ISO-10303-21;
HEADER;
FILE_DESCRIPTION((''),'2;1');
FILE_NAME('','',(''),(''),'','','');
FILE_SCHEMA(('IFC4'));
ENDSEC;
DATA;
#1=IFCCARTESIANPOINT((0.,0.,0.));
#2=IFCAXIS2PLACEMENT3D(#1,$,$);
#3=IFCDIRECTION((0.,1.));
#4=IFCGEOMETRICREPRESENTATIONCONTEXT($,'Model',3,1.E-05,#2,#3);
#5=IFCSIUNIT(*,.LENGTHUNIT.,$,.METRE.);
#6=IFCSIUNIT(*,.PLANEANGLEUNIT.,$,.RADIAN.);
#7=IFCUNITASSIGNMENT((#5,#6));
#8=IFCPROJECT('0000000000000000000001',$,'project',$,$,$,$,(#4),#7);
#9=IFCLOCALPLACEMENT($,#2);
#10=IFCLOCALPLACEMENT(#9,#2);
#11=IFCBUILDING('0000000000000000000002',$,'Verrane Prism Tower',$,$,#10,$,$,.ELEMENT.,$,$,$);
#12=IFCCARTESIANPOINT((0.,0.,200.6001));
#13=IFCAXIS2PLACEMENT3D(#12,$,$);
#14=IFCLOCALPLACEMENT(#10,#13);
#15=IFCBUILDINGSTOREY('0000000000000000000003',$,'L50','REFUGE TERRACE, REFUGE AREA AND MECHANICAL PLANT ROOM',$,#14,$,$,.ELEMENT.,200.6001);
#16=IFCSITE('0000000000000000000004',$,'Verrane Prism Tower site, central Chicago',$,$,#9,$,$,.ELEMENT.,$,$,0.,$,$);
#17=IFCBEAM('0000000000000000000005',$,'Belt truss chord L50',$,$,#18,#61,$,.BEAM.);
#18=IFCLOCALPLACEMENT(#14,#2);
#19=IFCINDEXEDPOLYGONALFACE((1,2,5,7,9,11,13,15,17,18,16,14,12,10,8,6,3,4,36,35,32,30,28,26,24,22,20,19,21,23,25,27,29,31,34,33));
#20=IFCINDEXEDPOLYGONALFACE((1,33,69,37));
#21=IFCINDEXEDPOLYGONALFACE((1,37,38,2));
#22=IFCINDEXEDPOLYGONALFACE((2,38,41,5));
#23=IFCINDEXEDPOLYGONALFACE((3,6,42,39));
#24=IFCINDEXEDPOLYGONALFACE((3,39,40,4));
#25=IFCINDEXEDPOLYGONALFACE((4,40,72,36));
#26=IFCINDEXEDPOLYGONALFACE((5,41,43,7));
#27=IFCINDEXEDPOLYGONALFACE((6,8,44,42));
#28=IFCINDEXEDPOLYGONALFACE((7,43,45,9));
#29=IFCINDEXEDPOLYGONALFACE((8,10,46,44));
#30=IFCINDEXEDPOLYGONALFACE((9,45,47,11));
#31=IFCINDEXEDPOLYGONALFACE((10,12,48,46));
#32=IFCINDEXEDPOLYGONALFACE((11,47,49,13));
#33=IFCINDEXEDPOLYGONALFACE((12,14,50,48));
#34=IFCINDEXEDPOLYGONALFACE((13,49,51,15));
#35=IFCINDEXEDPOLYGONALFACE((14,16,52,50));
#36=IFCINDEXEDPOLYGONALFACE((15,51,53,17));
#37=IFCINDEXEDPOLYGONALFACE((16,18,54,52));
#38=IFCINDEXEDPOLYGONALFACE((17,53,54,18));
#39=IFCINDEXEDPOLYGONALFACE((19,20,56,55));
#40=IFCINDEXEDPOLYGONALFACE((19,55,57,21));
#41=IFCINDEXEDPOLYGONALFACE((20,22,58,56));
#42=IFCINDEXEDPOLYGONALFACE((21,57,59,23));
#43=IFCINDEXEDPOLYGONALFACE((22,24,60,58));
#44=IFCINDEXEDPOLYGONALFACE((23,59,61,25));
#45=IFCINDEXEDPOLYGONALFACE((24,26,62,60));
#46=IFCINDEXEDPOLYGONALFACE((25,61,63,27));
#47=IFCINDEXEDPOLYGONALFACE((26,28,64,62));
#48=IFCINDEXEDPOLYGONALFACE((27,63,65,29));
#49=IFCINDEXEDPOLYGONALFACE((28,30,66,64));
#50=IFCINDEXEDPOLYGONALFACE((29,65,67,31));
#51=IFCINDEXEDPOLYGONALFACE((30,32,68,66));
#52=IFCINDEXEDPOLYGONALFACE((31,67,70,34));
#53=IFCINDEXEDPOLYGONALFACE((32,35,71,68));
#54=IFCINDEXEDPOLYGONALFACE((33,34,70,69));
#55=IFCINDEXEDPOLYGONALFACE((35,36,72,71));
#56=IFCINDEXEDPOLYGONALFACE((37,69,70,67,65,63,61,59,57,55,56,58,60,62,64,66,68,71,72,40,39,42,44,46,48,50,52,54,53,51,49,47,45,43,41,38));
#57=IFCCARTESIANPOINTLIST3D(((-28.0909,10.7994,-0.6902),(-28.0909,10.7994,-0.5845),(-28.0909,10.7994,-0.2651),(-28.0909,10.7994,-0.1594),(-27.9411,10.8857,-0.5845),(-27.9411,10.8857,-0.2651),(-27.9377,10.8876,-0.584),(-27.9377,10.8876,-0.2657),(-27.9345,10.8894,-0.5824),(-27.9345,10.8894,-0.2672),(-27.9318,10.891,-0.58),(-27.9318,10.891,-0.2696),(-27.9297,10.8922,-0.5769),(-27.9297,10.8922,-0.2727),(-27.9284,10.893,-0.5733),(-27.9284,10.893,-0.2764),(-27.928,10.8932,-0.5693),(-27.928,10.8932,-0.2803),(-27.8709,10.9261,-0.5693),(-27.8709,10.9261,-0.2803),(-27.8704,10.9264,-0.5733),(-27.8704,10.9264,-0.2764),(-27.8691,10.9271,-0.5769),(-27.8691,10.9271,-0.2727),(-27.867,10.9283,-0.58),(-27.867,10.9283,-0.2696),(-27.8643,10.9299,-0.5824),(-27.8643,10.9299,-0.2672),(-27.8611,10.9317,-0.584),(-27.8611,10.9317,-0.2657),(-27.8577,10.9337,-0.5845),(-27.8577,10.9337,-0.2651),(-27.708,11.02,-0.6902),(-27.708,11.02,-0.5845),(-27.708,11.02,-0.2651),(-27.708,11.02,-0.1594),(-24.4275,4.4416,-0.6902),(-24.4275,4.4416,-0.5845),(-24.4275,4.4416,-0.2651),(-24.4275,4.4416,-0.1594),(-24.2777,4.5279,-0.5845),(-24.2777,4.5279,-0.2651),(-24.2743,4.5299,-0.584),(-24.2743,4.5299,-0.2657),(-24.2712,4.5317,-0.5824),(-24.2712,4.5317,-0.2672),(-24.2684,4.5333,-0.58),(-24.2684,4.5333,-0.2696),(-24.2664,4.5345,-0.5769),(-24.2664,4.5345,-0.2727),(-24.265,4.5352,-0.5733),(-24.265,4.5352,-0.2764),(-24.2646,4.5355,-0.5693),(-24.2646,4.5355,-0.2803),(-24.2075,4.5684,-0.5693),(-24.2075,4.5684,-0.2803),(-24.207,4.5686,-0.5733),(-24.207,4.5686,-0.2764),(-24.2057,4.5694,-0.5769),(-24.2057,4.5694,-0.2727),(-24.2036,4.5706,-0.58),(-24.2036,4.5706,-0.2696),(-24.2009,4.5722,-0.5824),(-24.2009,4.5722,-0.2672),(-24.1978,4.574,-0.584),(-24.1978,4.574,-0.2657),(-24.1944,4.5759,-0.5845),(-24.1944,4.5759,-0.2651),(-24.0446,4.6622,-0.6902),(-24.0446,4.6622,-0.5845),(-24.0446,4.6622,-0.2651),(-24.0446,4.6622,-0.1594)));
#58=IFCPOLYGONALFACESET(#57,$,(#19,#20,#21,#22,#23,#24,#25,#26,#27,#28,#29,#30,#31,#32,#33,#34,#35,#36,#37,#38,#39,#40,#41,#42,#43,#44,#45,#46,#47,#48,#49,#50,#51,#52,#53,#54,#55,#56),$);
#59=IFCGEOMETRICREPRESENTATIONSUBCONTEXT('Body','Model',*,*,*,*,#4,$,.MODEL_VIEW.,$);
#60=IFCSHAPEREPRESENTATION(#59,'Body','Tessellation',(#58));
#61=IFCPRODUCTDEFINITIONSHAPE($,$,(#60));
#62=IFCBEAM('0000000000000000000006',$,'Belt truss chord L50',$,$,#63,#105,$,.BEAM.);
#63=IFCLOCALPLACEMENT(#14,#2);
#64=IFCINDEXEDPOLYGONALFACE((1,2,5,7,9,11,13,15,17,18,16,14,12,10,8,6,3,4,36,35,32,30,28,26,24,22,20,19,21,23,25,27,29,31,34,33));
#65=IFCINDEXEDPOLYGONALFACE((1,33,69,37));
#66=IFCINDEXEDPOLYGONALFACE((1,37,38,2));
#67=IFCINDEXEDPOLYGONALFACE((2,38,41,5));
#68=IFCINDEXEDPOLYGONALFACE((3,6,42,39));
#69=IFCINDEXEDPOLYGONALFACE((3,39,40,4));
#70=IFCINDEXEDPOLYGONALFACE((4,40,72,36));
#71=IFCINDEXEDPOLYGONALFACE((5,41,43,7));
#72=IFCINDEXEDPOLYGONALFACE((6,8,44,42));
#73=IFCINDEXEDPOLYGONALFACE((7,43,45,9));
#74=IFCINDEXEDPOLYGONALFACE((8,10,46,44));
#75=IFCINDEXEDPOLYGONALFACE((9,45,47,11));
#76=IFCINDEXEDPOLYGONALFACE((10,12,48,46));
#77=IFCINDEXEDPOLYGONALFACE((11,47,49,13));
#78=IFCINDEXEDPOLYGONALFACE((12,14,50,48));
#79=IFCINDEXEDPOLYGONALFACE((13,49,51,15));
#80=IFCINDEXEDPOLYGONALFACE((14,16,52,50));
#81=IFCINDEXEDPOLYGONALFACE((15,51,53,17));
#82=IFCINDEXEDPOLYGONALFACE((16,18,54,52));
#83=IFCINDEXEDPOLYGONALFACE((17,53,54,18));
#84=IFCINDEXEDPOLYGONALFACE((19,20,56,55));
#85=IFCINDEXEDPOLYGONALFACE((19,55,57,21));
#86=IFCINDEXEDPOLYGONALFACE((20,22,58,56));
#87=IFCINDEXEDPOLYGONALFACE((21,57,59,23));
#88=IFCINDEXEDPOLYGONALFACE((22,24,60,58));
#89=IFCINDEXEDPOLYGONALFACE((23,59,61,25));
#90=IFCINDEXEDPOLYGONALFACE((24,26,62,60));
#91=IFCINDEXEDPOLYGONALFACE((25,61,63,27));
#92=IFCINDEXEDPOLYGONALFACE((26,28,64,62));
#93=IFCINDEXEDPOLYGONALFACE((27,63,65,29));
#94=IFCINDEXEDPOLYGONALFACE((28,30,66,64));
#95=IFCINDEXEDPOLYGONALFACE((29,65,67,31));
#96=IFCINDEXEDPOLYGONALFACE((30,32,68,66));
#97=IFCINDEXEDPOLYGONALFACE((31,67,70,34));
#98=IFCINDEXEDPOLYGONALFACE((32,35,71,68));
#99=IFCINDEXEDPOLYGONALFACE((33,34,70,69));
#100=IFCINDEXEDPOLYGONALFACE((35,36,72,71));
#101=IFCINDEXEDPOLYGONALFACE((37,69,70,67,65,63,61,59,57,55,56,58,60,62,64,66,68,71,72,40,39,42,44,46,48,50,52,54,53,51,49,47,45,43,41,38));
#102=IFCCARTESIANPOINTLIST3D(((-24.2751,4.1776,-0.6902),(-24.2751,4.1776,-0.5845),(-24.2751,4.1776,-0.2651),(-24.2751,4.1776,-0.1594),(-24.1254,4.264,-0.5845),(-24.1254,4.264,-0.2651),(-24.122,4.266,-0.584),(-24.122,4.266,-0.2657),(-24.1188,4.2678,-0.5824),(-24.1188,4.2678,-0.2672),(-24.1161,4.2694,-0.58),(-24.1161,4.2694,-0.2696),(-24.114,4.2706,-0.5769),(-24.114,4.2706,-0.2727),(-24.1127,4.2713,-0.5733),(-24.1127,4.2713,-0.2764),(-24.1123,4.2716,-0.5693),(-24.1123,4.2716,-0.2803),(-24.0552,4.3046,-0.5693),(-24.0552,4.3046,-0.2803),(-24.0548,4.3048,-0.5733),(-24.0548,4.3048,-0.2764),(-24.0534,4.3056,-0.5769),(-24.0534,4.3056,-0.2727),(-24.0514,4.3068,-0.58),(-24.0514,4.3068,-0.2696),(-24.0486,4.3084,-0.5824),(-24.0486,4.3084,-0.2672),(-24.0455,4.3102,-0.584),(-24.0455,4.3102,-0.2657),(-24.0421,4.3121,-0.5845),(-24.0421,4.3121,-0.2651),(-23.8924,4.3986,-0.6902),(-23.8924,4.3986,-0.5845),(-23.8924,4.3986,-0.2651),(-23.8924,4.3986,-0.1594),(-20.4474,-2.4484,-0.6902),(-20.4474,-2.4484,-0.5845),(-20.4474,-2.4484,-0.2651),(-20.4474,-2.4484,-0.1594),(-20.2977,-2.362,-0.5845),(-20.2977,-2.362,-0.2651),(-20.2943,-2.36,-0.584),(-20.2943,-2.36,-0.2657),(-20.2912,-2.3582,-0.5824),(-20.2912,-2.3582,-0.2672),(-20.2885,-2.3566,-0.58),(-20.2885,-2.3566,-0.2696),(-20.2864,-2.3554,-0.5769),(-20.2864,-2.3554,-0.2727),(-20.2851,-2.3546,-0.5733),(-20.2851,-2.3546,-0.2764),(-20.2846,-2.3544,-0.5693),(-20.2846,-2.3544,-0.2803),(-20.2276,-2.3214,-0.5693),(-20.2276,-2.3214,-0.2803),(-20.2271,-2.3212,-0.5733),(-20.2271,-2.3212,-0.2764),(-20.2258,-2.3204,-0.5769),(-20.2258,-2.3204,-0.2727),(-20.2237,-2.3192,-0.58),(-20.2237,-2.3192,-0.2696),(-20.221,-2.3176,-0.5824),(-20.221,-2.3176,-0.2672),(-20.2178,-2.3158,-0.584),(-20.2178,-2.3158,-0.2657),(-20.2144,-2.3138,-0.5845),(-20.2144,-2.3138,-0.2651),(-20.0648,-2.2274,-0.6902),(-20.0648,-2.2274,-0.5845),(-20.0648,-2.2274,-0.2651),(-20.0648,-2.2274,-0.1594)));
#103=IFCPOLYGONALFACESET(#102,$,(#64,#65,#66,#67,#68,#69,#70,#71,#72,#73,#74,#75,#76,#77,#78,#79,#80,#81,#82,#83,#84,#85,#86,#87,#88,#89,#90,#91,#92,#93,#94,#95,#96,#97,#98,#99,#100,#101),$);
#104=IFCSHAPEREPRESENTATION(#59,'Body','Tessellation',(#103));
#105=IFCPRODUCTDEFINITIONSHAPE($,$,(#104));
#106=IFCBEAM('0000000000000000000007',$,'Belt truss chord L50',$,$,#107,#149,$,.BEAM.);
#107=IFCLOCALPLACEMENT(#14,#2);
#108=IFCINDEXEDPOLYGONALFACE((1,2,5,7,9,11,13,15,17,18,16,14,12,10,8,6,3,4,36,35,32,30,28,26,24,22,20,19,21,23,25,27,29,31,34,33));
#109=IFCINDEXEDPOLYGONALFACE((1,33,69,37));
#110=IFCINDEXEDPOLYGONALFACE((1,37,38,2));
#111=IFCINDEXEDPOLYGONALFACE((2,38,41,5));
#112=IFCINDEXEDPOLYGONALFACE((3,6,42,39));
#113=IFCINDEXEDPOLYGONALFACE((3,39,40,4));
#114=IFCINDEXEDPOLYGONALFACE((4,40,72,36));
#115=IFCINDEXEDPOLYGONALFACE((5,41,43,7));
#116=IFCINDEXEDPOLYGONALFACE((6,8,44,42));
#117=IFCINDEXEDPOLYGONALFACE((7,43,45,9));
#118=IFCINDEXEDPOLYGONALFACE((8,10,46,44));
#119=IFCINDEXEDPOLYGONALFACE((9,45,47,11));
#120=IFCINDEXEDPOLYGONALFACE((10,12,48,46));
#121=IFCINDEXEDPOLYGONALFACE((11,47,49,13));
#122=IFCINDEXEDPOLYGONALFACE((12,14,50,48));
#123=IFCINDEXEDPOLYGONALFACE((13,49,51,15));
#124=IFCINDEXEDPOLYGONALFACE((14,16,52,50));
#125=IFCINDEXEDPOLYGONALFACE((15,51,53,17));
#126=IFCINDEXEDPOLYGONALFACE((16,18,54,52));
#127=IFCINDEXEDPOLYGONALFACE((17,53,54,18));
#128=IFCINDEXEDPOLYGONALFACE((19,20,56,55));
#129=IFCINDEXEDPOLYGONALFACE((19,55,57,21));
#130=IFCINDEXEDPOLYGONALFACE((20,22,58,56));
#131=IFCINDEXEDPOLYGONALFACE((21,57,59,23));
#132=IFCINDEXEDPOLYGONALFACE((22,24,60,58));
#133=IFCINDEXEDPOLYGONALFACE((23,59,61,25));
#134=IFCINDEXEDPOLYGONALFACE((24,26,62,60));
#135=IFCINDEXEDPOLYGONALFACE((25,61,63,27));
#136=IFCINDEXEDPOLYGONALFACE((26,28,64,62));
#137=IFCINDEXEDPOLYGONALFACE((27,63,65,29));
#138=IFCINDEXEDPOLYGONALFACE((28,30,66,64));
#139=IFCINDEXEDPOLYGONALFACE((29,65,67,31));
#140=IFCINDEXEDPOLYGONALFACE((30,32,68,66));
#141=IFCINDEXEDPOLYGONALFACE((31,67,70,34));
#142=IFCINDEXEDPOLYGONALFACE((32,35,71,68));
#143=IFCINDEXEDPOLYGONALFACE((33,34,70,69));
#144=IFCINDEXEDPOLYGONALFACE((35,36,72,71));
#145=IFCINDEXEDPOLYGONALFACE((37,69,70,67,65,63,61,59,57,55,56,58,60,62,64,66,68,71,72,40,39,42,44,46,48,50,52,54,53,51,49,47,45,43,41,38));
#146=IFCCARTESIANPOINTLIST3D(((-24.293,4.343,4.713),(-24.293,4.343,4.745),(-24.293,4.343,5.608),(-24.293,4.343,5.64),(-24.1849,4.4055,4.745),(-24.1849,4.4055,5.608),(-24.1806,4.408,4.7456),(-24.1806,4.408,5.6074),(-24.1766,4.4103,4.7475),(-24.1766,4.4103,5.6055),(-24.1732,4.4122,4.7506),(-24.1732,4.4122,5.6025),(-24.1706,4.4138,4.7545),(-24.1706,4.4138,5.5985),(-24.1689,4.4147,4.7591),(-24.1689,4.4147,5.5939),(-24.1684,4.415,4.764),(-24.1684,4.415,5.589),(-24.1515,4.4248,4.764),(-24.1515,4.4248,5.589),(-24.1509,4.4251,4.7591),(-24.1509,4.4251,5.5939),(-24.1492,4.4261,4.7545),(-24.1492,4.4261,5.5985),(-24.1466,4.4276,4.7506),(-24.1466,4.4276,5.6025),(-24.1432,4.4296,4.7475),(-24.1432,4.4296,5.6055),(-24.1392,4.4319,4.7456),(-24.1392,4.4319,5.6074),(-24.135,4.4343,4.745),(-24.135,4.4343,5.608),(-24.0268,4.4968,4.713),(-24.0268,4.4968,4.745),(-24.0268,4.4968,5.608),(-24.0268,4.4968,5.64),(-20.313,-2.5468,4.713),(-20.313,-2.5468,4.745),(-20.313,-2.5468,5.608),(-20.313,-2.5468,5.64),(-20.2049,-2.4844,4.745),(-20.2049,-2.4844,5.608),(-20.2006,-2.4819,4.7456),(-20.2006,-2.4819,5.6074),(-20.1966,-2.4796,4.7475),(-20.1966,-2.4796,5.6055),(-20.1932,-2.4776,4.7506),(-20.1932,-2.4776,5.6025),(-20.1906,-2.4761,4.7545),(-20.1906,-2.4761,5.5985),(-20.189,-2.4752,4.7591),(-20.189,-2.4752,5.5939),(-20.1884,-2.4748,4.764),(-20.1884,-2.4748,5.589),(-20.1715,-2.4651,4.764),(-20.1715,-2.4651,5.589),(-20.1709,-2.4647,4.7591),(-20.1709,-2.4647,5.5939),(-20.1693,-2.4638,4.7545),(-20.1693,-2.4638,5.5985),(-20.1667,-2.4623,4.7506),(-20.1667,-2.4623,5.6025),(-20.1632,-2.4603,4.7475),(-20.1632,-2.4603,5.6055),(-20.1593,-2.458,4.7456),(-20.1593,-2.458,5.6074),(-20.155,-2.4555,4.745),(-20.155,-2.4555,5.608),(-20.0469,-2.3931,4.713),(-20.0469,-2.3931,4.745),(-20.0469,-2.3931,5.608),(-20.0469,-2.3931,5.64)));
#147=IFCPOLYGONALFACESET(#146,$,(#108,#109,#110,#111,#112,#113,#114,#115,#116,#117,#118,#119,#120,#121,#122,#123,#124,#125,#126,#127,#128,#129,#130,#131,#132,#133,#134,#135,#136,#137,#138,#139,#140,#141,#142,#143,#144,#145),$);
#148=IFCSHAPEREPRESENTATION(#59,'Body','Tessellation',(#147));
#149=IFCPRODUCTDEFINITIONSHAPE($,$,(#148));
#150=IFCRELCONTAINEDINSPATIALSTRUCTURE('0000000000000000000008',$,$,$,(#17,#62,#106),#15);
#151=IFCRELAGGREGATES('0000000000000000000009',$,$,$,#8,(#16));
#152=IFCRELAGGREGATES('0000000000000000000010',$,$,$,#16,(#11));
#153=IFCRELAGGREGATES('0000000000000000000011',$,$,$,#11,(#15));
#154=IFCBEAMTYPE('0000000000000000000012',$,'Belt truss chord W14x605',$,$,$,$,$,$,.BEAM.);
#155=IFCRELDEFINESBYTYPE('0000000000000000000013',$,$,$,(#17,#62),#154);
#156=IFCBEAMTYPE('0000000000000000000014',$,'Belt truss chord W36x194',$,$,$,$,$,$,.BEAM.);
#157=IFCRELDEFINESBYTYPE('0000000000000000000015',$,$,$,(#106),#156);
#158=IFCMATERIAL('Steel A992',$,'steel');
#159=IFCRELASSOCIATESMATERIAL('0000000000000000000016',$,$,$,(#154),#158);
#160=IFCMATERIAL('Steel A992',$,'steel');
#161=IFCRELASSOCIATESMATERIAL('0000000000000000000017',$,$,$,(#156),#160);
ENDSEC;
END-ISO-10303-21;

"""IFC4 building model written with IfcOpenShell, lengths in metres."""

from ifc_helpers import new_model, si_unit, direction, frame, origin, origin_2d, place, context, subcontext, project, spatial, i_section, extrude, material, material_profile, profile_set, type_object, element, save


model = new_model("IFC4")

# Units and contexts
model_context = context("Model", 3, precision=1e-05, world=origin(), true_north=direction((0.0, 1.0)))
body_context = subcontext(model_context, "Body", "Model", "MODEL_VIEW")
ifc_project = project(units=[si_unit("LENGTHUNIT", "METRE"), si_unit("PLANEANGLEUNIT", "RADIAN")], contexts=[model_context])

# Site, building, storey
site_placement = place(None, origin())
site = spatial("IfcSite", under=ifc_project, at=site_placement, Name="Verrane Prism Tower site, central Chicago", CompositionType="ELEMENT", RefElevation=0.0)
building_placement = place(site_placement, origin())
building = spatial("IfcBuilding", under=site, at=building_placement, Name="Verrane Prism Tower", CompositionType="ELEMENT")
storey_placement = place(building_placement, frame((0.0, 0.0, 200.6001)))
storey = spatial("IfcBuildingStorey", under=building, at=storey_placement, Name="L50", Description="REFUGE TERRACE, REFUGE AREA AND MECHANICAL PLANT ROOM", CompositionType="ELEMENT", Elevation=200.6001)

# Beams
ifc_material_1 = material(Name="Steel A992", Category="steel")
ifc_material_profile_1 = material_profile(ifc_material_1, i_section(OverallWidth=0.4419, OverallDepth=0.5308, WebThickness=0.0659, FlangeThickness=0.1057, FilletRadius=0.0151, at=origin_2d()), Name="W14x605")
ifc_profile_set_1 = profile_set([ifc_material_profile_1], Name="Steel A992")
beam_type_1 = type_object("IfcBeamType", Name="Belt truss chord W14x605", PredefinedType="BEAM", material=ifc_profile_set_1)
beam_1_placement = place(storey_placement, frame((-27.8994, 10.9097, -0.4248), z_axis=(0.499257, -0.866454, 0.0), x_axis=(0.866454, 0.499257, 0.0)))
element("IfcBeam", 1, at=beam_1_placement, inside=storey, type_object=beam_type_1, Name="Belt truss chord L50", PredefinedType="BEAM", context=body_context, shape_type="SweptSolid", body=[
    extrude(i_section(OverallWidth=0.4419, OverallDepth=0.5308, WebThickness=0.0659, FlangeThickness=0.1057, FilletRadius=0.0151, at=origin_2d()), origin(), (0.0, 0.0, 1.0), 7.3376),
])
beam_2_placement = place(storey_placement, frame((-24.0837, 4.2881, -0.4248), z_axis=(0.500208, -0.865905, 0.0), x_axis=(0.865905, 0.500208, 0.0)))
element("IfcBeam", 2, at=beam_2_placement, inside=storey, type_object=beam_type_1, Name="Belt truss chord L50", PredefinedType="BEAM", context=body_context, shape_type="SweptSolid", body=[
    extrude(i_section(OverallWidth=0.4419, OverallDepth=0.5308, WebThickness=0.0659, FlangeThickness=0.1057, FilletRadius=0.0151, at=origin_2d()), origin(), (0.0, 0.0, 1.0), 7.6521),
])
ifc_material_2 = material(Name="Steel A992", Category="steel")
ifc_material_profile_2 = material_profile(ifc_material_2, i_section(OverallWidth=0.3074, OverallDepth=0.927, WebThickness=0.0195, FlangeThickness=0.032, FilletRadius=0.019, at=origin_2d()), Name="W36x194")
ifc_profile_set_2 = profile_set([ifc_material_profile_2], Name="Steel A992")
beam_type_2 = type_object("IfcBeamType", Name="Belt truss chord W36x194", PredefinedType="BEAM", material=ifc_profile_set_2)
beam_3_placement = place(storey_placement, frame((-24.1599, 4.4199, 5.1765), z_axis=(0.500198, -0.865911, 0.0), x_axis=(0.865911, 0.500198, 0.0)))
element("IfcBeam", 3, at=beam_3_placement, inside=storey, type_object=beam_type_2, Name="Belt truss chord L50", PredefinedType="BEAM", context=body_context, shape_type="SweptSolid", body=[
    extrude(i_section(OverallWidth=0.3074, OverallDepth=0.927, WebThickness=0.0195, FlangeThickness=0.032, FilletRadius=0.019, at=origin_2d()), origin(), (0.0, 0.0, 1.0), 7.9568),
])

save(model, "model.ifc")
